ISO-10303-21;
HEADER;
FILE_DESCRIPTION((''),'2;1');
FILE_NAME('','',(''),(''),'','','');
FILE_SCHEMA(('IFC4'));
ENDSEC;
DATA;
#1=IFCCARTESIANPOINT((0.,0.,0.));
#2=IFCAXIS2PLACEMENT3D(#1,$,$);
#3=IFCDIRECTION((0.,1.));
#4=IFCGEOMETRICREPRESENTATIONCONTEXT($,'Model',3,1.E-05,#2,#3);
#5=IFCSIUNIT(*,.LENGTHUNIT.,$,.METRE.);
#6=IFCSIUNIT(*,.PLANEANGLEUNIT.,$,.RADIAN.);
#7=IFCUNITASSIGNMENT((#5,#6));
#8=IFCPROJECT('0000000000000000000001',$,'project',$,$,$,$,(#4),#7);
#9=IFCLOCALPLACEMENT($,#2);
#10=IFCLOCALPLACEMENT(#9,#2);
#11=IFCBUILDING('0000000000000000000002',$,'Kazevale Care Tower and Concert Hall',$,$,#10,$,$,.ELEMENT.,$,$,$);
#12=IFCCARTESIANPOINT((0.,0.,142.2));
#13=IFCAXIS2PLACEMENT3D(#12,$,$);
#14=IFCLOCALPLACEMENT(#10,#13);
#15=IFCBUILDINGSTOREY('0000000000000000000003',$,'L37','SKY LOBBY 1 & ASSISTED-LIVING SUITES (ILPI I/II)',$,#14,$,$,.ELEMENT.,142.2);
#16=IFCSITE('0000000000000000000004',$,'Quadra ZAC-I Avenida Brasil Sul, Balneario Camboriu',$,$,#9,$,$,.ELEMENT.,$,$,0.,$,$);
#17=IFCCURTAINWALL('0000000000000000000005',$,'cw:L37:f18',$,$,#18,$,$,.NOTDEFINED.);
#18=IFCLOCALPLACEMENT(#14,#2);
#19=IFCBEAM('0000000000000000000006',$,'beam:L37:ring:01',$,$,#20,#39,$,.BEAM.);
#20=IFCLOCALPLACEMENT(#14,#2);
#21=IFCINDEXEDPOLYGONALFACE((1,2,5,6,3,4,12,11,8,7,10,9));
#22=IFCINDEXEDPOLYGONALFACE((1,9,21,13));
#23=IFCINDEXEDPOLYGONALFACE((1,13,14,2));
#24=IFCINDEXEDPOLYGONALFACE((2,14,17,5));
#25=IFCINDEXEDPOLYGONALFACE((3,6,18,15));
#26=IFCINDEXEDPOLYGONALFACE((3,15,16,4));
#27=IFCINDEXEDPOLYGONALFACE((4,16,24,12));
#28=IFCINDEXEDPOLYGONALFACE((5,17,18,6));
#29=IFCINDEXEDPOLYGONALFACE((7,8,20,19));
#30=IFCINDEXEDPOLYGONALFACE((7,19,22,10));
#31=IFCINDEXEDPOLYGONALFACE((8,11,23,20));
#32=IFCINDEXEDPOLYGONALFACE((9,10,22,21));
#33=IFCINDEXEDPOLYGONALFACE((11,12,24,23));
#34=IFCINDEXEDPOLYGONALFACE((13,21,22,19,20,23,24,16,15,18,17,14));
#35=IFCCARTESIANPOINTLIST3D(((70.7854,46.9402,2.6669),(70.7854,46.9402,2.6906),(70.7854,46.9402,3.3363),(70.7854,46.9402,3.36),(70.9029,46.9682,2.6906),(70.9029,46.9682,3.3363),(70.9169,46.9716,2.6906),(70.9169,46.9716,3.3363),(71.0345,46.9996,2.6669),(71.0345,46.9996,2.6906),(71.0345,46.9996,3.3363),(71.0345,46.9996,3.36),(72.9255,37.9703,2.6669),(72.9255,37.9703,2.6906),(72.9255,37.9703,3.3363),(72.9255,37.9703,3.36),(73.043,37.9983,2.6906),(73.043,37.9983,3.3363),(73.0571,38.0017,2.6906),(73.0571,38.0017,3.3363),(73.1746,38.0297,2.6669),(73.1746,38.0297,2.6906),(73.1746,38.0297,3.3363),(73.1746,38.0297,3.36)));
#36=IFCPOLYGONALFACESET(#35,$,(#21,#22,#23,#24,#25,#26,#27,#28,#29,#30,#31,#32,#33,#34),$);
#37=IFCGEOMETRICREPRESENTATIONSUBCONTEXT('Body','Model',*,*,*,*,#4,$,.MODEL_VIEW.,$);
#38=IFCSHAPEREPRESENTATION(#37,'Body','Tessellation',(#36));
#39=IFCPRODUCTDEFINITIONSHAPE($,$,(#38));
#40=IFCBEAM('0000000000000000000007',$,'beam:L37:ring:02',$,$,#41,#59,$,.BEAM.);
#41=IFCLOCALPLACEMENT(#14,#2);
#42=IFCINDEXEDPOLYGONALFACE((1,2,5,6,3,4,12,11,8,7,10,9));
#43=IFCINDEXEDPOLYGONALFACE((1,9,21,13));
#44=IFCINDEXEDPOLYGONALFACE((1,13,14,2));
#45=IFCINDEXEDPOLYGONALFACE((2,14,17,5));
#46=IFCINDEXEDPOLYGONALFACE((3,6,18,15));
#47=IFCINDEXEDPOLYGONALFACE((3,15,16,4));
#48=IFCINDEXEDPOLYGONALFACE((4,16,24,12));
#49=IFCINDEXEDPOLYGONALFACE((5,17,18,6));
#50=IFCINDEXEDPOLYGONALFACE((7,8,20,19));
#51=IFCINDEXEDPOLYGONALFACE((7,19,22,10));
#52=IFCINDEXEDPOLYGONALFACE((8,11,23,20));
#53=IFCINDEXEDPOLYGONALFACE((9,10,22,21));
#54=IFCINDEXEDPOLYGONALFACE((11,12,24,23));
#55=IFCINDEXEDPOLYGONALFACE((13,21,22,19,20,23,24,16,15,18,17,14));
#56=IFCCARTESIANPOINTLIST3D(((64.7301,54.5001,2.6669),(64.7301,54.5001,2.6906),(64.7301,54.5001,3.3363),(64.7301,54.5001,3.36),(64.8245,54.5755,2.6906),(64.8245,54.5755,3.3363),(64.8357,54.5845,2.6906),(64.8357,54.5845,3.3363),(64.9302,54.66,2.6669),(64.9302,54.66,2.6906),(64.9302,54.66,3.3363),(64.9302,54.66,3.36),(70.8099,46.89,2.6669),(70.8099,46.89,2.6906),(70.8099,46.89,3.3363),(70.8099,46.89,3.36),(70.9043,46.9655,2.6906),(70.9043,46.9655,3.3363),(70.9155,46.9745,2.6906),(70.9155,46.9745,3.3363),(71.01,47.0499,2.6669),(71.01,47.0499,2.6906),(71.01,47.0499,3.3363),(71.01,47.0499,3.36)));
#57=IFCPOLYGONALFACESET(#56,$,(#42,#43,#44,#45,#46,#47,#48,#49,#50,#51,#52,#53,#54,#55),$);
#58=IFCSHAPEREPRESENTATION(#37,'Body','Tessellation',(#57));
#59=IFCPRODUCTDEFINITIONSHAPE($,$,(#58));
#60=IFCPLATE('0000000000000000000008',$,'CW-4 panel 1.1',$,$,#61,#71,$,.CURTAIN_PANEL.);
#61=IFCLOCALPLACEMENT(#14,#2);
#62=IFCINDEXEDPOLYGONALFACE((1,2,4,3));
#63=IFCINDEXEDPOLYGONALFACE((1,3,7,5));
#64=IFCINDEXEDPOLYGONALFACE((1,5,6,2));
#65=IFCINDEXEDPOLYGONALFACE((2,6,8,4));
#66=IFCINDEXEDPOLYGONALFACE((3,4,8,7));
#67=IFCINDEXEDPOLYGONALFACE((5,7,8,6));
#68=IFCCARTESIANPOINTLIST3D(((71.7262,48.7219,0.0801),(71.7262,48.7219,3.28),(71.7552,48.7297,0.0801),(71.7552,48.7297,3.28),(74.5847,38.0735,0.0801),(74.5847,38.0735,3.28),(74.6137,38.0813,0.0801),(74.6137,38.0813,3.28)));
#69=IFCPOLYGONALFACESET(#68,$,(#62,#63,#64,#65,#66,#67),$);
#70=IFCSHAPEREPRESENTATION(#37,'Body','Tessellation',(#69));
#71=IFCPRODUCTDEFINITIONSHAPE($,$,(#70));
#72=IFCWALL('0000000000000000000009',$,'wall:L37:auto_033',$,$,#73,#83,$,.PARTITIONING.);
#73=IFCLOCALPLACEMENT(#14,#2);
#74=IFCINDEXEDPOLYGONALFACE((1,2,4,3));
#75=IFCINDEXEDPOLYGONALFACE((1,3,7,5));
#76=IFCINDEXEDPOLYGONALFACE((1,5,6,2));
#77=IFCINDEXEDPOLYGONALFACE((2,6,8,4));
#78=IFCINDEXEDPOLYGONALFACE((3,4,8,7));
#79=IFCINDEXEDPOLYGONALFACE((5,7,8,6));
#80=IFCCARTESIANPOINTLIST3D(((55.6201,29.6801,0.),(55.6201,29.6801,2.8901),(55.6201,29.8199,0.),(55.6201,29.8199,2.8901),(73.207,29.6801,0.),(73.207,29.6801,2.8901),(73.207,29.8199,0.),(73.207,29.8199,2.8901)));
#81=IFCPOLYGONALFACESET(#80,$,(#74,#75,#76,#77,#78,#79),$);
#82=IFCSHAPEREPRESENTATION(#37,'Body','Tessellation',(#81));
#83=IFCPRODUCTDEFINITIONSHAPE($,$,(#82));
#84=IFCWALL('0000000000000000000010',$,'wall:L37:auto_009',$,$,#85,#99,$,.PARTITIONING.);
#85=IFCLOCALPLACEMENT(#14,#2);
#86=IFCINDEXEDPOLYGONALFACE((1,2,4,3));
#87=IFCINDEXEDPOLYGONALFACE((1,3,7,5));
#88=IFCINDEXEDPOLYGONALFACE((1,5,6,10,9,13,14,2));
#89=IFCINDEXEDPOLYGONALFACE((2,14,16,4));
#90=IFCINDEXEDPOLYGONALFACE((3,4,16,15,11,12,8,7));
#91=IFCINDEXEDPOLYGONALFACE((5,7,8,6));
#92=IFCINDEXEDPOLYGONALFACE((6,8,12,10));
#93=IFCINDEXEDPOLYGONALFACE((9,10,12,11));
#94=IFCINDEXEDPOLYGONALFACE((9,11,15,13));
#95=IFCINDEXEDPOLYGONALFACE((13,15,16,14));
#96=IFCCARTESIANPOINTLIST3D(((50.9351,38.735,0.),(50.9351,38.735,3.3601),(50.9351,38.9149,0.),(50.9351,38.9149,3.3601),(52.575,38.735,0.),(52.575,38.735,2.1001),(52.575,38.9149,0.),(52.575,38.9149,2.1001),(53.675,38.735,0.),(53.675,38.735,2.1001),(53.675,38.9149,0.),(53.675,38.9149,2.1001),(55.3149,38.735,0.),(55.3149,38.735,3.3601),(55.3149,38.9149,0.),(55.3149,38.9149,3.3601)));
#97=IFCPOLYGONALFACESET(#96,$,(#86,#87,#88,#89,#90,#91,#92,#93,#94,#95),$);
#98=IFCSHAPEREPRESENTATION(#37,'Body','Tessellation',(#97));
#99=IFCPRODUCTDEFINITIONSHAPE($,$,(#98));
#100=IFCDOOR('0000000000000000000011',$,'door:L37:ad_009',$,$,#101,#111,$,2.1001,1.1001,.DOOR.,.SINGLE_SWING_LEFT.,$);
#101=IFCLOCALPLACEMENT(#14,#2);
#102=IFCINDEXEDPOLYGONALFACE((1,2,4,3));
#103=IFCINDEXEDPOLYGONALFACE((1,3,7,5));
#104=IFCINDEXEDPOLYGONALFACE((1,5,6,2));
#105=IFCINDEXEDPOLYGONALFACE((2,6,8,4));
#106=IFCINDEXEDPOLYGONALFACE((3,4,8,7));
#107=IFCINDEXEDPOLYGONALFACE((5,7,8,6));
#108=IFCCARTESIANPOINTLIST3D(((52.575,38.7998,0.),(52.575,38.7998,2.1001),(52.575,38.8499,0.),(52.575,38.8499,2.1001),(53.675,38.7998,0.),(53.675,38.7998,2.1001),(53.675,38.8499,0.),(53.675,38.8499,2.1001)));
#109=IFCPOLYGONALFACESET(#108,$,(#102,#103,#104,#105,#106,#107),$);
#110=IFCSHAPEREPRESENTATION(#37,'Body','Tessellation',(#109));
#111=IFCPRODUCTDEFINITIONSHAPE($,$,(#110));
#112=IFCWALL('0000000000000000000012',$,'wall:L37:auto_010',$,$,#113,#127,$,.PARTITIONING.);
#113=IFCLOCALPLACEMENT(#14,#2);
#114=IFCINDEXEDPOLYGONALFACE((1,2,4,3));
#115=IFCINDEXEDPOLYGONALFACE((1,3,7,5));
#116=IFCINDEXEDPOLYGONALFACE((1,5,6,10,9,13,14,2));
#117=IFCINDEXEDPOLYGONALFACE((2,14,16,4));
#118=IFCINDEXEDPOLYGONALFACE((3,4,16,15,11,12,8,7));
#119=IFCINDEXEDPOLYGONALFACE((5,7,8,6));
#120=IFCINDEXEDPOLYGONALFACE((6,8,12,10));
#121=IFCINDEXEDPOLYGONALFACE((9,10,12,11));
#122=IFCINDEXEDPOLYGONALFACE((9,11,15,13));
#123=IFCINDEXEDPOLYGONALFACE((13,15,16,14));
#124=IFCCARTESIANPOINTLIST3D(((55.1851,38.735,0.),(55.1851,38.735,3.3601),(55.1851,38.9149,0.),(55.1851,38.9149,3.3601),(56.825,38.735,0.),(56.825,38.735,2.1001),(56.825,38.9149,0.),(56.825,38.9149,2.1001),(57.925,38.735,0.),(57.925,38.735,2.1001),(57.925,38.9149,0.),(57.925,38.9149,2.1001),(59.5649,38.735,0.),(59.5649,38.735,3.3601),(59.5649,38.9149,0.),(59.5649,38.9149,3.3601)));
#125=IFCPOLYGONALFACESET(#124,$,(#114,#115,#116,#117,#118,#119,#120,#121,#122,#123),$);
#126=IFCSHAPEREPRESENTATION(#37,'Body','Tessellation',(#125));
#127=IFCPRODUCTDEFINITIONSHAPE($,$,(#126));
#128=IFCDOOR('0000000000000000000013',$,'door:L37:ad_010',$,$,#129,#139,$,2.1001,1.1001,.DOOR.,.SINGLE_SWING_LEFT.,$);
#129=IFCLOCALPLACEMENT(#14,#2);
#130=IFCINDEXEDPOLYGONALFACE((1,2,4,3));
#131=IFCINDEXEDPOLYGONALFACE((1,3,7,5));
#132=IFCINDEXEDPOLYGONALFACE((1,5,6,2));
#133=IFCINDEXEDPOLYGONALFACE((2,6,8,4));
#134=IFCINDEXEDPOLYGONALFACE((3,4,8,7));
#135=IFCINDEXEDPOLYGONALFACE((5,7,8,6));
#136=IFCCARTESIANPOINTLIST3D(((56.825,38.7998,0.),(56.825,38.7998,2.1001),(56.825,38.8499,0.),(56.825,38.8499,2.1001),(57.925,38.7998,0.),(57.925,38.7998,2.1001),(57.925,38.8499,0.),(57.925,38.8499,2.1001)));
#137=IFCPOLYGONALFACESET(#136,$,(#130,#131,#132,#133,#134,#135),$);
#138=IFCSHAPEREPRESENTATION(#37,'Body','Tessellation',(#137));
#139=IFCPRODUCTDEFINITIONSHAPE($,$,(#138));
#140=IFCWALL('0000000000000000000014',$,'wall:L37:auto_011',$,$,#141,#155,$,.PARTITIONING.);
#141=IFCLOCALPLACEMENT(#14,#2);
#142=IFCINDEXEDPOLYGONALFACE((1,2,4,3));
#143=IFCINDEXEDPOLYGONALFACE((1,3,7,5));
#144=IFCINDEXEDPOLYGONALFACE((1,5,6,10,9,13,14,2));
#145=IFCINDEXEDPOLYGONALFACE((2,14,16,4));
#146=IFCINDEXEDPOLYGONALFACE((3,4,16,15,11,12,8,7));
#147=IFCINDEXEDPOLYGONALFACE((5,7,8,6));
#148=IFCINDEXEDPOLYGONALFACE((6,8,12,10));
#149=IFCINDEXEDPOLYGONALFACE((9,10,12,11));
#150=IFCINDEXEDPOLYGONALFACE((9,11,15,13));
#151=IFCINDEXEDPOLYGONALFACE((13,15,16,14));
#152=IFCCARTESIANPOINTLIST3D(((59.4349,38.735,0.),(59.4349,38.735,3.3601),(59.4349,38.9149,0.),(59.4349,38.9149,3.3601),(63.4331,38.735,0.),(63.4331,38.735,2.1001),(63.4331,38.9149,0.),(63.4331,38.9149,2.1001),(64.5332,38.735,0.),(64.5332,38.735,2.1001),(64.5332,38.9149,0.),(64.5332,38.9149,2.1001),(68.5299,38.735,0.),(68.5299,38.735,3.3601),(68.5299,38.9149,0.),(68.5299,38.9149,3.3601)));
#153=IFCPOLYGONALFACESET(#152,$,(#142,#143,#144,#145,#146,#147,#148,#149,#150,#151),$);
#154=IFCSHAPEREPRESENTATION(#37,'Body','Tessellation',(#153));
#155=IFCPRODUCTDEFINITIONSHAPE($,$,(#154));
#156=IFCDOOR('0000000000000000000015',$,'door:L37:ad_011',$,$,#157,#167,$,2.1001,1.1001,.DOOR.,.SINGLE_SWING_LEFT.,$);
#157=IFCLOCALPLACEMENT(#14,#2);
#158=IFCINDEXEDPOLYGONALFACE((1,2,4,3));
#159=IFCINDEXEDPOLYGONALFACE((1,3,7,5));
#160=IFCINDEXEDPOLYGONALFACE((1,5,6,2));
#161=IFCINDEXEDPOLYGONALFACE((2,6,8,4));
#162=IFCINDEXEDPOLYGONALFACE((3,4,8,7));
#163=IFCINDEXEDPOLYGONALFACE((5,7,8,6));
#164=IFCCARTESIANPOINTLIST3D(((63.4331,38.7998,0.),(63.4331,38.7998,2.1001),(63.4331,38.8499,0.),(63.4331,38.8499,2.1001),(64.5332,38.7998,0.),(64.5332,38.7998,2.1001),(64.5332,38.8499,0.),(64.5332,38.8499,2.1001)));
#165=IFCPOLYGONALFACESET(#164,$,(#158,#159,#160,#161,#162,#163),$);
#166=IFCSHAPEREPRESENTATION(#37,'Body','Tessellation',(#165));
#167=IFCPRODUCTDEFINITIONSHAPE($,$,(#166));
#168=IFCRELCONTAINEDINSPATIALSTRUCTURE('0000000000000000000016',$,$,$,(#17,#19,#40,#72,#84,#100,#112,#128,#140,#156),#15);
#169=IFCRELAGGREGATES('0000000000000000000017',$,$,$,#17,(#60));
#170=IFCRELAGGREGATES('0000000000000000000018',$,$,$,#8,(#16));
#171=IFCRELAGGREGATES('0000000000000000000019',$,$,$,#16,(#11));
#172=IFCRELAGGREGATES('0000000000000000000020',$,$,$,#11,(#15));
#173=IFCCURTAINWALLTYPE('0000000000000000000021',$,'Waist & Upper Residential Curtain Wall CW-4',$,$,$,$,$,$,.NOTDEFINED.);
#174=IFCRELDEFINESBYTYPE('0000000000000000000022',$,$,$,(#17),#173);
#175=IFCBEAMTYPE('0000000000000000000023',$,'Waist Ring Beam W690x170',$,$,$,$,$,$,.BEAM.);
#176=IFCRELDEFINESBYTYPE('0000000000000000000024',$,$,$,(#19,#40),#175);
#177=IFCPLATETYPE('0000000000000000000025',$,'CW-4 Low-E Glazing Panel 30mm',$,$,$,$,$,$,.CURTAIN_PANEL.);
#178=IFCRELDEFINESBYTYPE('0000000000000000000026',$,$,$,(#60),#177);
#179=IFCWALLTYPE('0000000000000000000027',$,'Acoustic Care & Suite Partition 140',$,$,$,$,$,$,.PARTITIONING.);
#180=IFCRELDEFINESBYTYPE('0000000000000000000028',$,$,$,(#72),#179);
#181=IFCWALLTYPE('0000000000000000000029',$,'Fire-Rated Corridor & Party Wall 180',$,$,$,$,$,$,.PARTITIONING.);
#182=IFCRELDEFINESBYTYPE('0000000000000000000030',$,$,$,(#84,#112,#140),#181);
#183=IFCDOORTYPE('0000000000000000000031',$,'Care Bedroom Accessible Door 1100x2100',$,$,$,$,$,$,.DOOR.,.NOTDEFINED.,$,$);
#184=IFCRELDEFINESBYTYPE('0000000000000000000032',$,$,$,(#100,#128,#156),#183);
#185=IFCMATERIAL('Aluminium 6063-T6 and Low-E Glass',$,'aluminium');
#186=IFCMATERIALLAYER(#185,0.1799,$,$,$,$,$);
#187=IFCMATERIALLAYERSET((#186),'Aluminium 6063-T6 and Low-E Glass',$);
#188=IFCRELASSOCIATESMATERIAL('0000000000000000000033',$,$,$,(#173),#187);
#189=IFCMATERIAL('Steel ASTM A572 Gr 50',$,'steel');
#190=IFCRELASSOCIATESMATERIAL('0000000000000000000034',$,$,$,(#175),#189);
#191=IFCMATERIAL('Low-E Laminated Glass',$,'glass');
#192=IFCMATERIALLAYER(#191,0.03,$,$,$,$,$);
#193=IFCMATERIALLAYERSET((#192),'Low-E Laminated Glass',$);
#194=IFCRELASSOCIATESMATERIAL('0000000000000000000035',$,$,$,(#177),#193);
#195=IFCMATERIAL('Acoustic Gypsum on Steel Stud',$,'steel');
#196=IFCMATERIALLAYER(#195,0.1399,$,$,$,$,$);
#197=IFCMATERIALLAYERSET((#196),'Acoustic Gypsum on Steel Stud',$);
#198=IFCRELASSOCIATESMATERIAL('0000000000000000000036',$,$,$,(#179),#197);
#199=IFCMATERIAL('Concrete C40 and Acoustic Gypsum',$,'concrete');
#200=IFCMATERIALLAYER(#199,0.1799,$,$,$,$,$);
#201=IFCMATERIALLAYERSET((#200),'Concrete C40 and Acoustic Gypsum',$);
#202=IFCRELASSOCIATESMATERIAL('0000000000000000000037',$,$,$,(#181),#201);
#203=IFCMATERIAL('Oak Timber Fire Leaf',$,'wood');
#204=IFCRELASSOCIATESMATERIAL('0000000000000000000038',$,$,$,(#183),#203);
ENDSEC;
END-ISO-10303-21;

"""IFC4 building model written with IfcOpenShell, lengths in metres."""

from ifc_helpers import new_model, si_unit, direction, frame, frame_2d, origin, origin_2d, place, context, subcontext, project, spatial, rectangle, i_section, extrude, material, layer, layer_set, material_profile, profile_set, type_object, element, fill, aggregate, save


model = new_model("IFC4")

# Units and contexts
model_context = context("Model", 3, precision=1e-05, world=origin(), true_north=direction((0.0, 1.0)))
body_context = subcontext(model_context, "Body", "Model", "MODEL_VIEW")
ifc_project = project(units=[si_unit("LENGTHUNIT", "METRE"), si_unit("PLANEANGLEUNIT", "RADIAN")], contexts=[model_context])

# Site, building, storey
site_placement = place(None, origin())
site = spatial("IfcSite", under=ifc_project, at=site_placement, Name="Quadra ZAC-I Avenida Brasil Sul, Balneario Camboriu", CompositionType="ELEMENT", RefElevation=0.0)
building_placement = place(site_placement, origin())
building = spatial("IfcBuilding", under=site, at=building_placement, Name="Kazevale Care Tower and Concert Hall", CompositionType="ELEMENT")
storey_placement = place(building_placement, frame((0.0, 0.0, 142.2)))
storey = spatial("IfcBuildingStorey", under=building, at=storey_placement, Name="L37", Description="SKY LOBBY 1 & ASSISTED-LIVING SUITES (ILPI I/II)", CompositionType="ELEMENT", Elevation=142.2)

# Curtain wall
ifc_material_1 = material(Name="Aluminium 6063-T6 and Low-E Glass", Category="aluminium")
ifc_layer_1 = layer(ifc_material_1, 0.1799)
ifc_layer_set_1 = layer_set([ifc_layer_1], Name="Aluminium 6063-T6 and Low-E Glass")
curtain_wall_type = type_object("IfcCurtainWallType", Name="Waist & Upper Residential Curtain Wall CW-4", PredefinedType="NOTDEFINED", material=ifc_layer_set_1)
curtain_wall_placement = place(storey_placement, origin())
curtain_wall = element("IfcCurtainWall", 1, at=curtain_wall_placement, inside=storey, type_object=curtain_wall_type, Name="cw:L37:f18", PredefinedType="NOTDEFINED")

# Beams
ifc_material_2 = material(Name="Steel ASTM A572 Gr 50", Category="steel")
ifc_material_profile_1 = material_profile(ifc_material_2, i_section(OverallWidth=0.2561, OverallDepth=0.6931, WebThickness=0.0144, FlangeThickness=0.0237, at=origin_2d()), Name="W690x170")
ifc_profile_set_1 = profile_set([ifc_material_profile_1], Name="Steel ASTM A572 Gr 50")
beam_type_1 = type_object("IfcBeamType", Name="Waist Ring Beam W690x170", PredefinedType="BEAM", material=ifc_profile_set_1)
beam_1_placement = place(storey_placement, frame((73.05, 38.0, 3.0134), z_axis=(-0.232075, 0.972698, 0.0), x_axis=(-0.972698, -0.232075, 0.0)))
element("IfcBeam", 2, at=beam_1_placement, inside=storey, type_object=beam_type_1, Name="beam:L37:ring:01", PredefinedType="BEAM", context=body_context, shape_type="SweptSolid", body=[
    extrude(i_section(OverallWidth=0.2561, OverallDepth=0.6931, WebThickness=0.0144, FlangeThickness=0.0237, at=origin_2d()), origin(), (0.0, 0.0, 1.0), 9.2217),
])
beam_2_placement = place(storey_placement, frame((70.9099, 46.97, 3.0134), z_axis=(-0.624178, 0.781282, 0.0), x_axis=(-0.781282, -0.624178, 0.0)))
element("IfcBeam", 3, at=beam_2_placement, inside=storey, type_object=beam_type_1, Name="beam:L37:ring:02", PredefinedType="BEAM", context=body_context, shape_type="SweptSolid", body=[
    extrude(i_section(OverallWidth=0.2561, OverallDepth=0.6931, WebThickness=0.0144, FlangeThickness=0.0237, at=origin_2d()), origin(), (0.0, 0.0, 1.0), 9.7405),
])

# Plate
ifc_material_3 = material(Name="Low-E Laminated Glass", Category="glass")
ifc_layer_2 = layer(ifc_material_3, 0.03)
ifc_layer_set_2 = layer_set([ifc_layer_2], Name="Low-E Laminated Glass")
plate_type = type_object("IfcPlateType", Name="CW-4 Low-E Glazing Panel 30mm", PredefinedType="CURTAIN_PANEL", material=ifc_layer_set_2)
plate_placement = place(storey_placement, frame((73.1699, 43.4016, 0.0801), z_axis=(0.0, 0.0, 1.0), x_axis=(0.259265, -0.965806, 0.0)))
plate = element("IfcPlate", 4, at=plate_placement, type_object=plate_type, Name="CW-4 panel 1.1", PredefinedType="CURTAIN_PANEL", context=body_context, shape_type="SweptSolid", body=[
    extrude(rectangle(XDim=11.0254, YDim=0.03, at=origin_2d()), origin(), (0.0, 0.0, 1.0), 3.2),
])
aggregate(curtain_wall, [plate])

# Wall
ifc_material_4 = material(Name="Acoustic Gypsum on Steel Stud", Category="steel")
ifc_layer_3 = layer(ifc_material_4, 0.1399)
ifc_layer_set_3 = layer_set([ifc_layer_3], Name="Acoustic Gypsum on Steel Stud")
wall_type_1 = type_object("IfcWallType", Name="Acoustic Care & Suite Partition 140", PredefinedType="PARTITIONING", material=ifc_layer_set_3)
wall_1_placement = place(storey_placement, frame((55.6201, 29.75, 0.0), z_axis=(0.0, 0.0, 1.0), x_axis=(1.0, 0.0, 0.0)))
element("IfcWall", 5, at=wall_1_placement, inside=storey, type_object=wall_type_1, Name="wall:L37:auto_033", PredefinedType="PARTITIONING", context=body_context, shape_type="SweptSolid", body=[
    extrude(rectangle(XDim=17.5869, YDim=0.1399, at=frame_2d((8.7935, 0.0))), origin(), (0.0, 0.0, 1.0), 2.8901),
])

# Walls, openings, doors
ifc_material_5 = material(Name="Concrete C40 and Acoustic Gypsum", Category="concrete")
ifc_layer_4 = layer(ifc_material_5, 0.1799)
ifc_layer_set_4 = layer_set([ifc_layer_4], Name="Concrete C40 and Acoustic Gypsum")
wall_type_2 = type_object("IfcWallType", Name="Fire-Rated Corridor & Party Wall 180", PredefinedType="PARTITIONING", material=ifc_layer_set_4)
wall_2_placement = place(storey_placement, frame((50.9351, 38.825, 0.0), z_axis=(0.0, 0.0, 1.0), x_axis=(1.0, 0.0, 0.0)))
wall_2 = element("IfcWall", 6, at=wall_2_placement, inside=storey, type_object=wall_type_2, Name="wall:L37:auto_009", PredefinedType="PARTITIONING", context=body_context, shape_type="SweptSolid", body=[
    extrude(rectangle(XDim=4.3799, YDim=0.1799, at=frame_2d((2.1899, 0.0))), origin(), (0.0, 0.0, 1.0), 3.3601),
])
opening_1_placement = place(wall_2_placement, frame((1.6399, 0.0, 0.0)))
opening_1 = element("IfcOpeningElement", 7, at=opening_1_placement, cuts=wall_2, PredefinedType="OPENING", context=body_context, shape_type="SweptSolid", body=[
    extrude(rectangle(XDim=1.1001, YDim=2.1001, at=frame_2d((0.55, 1.05))), frame((0.0, 0.0999, 0.0), z_axis=(0.0, -1.0, 0.0), x_axis=(1.0, 0.0, 0.0)), (0.0, 0.0, 1.0), 0.2),
])
ifc_material_6 = material(Name="Oak Timber Fire Leaf", Category="wood")
door_type = type_object("IfcDoorType", Name="Care Bedroom Accessible Door 1100x2100", OperationType="NOTDEFINED", PredefinedType="DOOR", material=ifc_material_6)
door_1_placement = place(opening_1_placement, origin())
door_1 = element("IfcDoor", 8, at=door_1_placement, inside=storey, type_object=door_type, Name="door:L37:ad_009", OperationType="SINGLE_SWING_LEFT", OverallHeight=2.1001, OverallWidth=1.1001, PredefinedType="DOOR", context=body_context, shape_type="SweptSolid", body=[
    extrude(rectangle(XDim=1.1001, YDim=2.1001, at=frame_2d((0.55, 1.05))), frame((0.0, 0.0249, 0.0), z_axis=(0.0, -1.0, 0.0), x_axis=(1.0, 0.0, 0.0)), (0.0, 0.0, 1.0), 0.05),
])
fill(opening_1, door_1)
wall_3_placement = place(storey_placement, frame((55.1851, 38.825, 0.0), z_axis=(0.0, 0.0, 1.0), x_axis=(1.0, 0.0, 0.0)))
wall_3 = element("IfcWall", 9, at=wall_3_placement, inside=storey, type_object=wall_type_2, Name="wall:L37:auto_010", PredefinedType="PARTITIONING", context=body_context, shape_type="SweptSolid", body=[
    extrude(rectangle(XDim=4.3799, YDim=0.1799, at=frame_2d((2.1899, 0.0))), origin(), (0.0, 0.0, 1.0), 3.3601),
])
opening_2_placement = place(wall_3_placement, frame((1.6399, 0.0, 0.0)))
opening_2 = element("IfcOpeningElement", 10, at=opening_2_placement, cuts=wall_3, PredefinedType="OPENING", context=body_context, shape_type="SweptSolid", body=[
    extrude(rectangle(XDim=1.1001, YDim=2.1001, at=frame_2d((0.55, 1.05))), frame((0.0, 0.0999, 0.0), z_axis=(0.0, -1.0, 0.0), x_axis=(1.0, 0.0, 0.0)), (0.0, 0.0, 1.0), 0.2),
])
door_2_placement = place(opening_2_placement, origin())
door_2 = element("IfcDoor", 11, at=door_2_placement, inside=storey, type_object=door_type, Name="door:L37:ad_010", OperationType="SINGLE_SWING_LEFT", OverallHeight=2.1001, OverallWidth=1.1001, PredefinedType="DOOR", context=body_context, shape_type="SweptSolid", body=[
    extrude(rectangle(XDim=1.1001, YDim=2.1001, at=frame_2d((0.55, 1.05))), frame((0.0, 0.0249, 0.0), z_axis=(0.0, -1.0, 0.0), x_axis=(1.0, 0.0, 0.0)), (0.0, 0.0, 1.0), 0.05),
])
fill(opening_2, door_2)
wall_4_placement = place(storey_placement, frame((59.4351, 38.825, 0.0), z_axis=(0.0, 0.0, 1.0), x_axis=(1.0, 0.0, 0.0)))
wall_4 = element("IfcWall", 12, at=wall_4_placement, inside=storey, type_object=wall_type_2, Name="wall:L37:auto_011", PredefinedType="PARTITIONING", context=body_context, shape_type="SweptSolid", body=[
    extrude(rectangle(XDim=9.095, YDim=0.1799, at=frame_2d((4.5474, 0.0))), origin(), (0.0, 0.0, 1.0), 3.3601),
])
opening_3_placement = place(wall_4_placement, frame((3.998, 0.0, 0.0)))
opening_3 = element("IfcOpeningElement", 13, at=opening_3_placement, cuts=wall_4, PredefinedType="OPENING", context=body_context, shape_type="SweptSolid", body=[
    extrude(rectangle(XDim=1.1001, YDim=2.1001, at=frame_2d((0.55, 1.05))), frame((0.0, 0.0999, 0.0), z_axis=(0.0, -1.0, 0.0), x_axis=(1.0, 0.0, 0.0)), (0.0, 0.0, 1.0), 0.2),
])
door_3_placement = place(opening_3_placement, origin())
door_3 = element("IfcDoor", 14, at=door_3_placement, inside=storey, type_object=door_type, Name="door:L37:ad_011", OperationType="SINGLE_SWING_LEFT", OverallHeight=2.1001, OverallWidth=1.1001, PredefinedType="DOOR", context=body_context, shape_type="SweptSolid", body=[
    extrude(rectangle(XDim=1.1001, YDim=2.1001, at=frame_2d((0.55, 1.05))), frame((0.0, 0.0249, 0.0), z_axis=(0.0, -1.0, 0.0), x_axis=(1.0, 0.0, 0.0)), (0.0, 0.0, 1.0), 0.05),
])
fill(opening_3, door_3)

save(model, "model.ifc")
